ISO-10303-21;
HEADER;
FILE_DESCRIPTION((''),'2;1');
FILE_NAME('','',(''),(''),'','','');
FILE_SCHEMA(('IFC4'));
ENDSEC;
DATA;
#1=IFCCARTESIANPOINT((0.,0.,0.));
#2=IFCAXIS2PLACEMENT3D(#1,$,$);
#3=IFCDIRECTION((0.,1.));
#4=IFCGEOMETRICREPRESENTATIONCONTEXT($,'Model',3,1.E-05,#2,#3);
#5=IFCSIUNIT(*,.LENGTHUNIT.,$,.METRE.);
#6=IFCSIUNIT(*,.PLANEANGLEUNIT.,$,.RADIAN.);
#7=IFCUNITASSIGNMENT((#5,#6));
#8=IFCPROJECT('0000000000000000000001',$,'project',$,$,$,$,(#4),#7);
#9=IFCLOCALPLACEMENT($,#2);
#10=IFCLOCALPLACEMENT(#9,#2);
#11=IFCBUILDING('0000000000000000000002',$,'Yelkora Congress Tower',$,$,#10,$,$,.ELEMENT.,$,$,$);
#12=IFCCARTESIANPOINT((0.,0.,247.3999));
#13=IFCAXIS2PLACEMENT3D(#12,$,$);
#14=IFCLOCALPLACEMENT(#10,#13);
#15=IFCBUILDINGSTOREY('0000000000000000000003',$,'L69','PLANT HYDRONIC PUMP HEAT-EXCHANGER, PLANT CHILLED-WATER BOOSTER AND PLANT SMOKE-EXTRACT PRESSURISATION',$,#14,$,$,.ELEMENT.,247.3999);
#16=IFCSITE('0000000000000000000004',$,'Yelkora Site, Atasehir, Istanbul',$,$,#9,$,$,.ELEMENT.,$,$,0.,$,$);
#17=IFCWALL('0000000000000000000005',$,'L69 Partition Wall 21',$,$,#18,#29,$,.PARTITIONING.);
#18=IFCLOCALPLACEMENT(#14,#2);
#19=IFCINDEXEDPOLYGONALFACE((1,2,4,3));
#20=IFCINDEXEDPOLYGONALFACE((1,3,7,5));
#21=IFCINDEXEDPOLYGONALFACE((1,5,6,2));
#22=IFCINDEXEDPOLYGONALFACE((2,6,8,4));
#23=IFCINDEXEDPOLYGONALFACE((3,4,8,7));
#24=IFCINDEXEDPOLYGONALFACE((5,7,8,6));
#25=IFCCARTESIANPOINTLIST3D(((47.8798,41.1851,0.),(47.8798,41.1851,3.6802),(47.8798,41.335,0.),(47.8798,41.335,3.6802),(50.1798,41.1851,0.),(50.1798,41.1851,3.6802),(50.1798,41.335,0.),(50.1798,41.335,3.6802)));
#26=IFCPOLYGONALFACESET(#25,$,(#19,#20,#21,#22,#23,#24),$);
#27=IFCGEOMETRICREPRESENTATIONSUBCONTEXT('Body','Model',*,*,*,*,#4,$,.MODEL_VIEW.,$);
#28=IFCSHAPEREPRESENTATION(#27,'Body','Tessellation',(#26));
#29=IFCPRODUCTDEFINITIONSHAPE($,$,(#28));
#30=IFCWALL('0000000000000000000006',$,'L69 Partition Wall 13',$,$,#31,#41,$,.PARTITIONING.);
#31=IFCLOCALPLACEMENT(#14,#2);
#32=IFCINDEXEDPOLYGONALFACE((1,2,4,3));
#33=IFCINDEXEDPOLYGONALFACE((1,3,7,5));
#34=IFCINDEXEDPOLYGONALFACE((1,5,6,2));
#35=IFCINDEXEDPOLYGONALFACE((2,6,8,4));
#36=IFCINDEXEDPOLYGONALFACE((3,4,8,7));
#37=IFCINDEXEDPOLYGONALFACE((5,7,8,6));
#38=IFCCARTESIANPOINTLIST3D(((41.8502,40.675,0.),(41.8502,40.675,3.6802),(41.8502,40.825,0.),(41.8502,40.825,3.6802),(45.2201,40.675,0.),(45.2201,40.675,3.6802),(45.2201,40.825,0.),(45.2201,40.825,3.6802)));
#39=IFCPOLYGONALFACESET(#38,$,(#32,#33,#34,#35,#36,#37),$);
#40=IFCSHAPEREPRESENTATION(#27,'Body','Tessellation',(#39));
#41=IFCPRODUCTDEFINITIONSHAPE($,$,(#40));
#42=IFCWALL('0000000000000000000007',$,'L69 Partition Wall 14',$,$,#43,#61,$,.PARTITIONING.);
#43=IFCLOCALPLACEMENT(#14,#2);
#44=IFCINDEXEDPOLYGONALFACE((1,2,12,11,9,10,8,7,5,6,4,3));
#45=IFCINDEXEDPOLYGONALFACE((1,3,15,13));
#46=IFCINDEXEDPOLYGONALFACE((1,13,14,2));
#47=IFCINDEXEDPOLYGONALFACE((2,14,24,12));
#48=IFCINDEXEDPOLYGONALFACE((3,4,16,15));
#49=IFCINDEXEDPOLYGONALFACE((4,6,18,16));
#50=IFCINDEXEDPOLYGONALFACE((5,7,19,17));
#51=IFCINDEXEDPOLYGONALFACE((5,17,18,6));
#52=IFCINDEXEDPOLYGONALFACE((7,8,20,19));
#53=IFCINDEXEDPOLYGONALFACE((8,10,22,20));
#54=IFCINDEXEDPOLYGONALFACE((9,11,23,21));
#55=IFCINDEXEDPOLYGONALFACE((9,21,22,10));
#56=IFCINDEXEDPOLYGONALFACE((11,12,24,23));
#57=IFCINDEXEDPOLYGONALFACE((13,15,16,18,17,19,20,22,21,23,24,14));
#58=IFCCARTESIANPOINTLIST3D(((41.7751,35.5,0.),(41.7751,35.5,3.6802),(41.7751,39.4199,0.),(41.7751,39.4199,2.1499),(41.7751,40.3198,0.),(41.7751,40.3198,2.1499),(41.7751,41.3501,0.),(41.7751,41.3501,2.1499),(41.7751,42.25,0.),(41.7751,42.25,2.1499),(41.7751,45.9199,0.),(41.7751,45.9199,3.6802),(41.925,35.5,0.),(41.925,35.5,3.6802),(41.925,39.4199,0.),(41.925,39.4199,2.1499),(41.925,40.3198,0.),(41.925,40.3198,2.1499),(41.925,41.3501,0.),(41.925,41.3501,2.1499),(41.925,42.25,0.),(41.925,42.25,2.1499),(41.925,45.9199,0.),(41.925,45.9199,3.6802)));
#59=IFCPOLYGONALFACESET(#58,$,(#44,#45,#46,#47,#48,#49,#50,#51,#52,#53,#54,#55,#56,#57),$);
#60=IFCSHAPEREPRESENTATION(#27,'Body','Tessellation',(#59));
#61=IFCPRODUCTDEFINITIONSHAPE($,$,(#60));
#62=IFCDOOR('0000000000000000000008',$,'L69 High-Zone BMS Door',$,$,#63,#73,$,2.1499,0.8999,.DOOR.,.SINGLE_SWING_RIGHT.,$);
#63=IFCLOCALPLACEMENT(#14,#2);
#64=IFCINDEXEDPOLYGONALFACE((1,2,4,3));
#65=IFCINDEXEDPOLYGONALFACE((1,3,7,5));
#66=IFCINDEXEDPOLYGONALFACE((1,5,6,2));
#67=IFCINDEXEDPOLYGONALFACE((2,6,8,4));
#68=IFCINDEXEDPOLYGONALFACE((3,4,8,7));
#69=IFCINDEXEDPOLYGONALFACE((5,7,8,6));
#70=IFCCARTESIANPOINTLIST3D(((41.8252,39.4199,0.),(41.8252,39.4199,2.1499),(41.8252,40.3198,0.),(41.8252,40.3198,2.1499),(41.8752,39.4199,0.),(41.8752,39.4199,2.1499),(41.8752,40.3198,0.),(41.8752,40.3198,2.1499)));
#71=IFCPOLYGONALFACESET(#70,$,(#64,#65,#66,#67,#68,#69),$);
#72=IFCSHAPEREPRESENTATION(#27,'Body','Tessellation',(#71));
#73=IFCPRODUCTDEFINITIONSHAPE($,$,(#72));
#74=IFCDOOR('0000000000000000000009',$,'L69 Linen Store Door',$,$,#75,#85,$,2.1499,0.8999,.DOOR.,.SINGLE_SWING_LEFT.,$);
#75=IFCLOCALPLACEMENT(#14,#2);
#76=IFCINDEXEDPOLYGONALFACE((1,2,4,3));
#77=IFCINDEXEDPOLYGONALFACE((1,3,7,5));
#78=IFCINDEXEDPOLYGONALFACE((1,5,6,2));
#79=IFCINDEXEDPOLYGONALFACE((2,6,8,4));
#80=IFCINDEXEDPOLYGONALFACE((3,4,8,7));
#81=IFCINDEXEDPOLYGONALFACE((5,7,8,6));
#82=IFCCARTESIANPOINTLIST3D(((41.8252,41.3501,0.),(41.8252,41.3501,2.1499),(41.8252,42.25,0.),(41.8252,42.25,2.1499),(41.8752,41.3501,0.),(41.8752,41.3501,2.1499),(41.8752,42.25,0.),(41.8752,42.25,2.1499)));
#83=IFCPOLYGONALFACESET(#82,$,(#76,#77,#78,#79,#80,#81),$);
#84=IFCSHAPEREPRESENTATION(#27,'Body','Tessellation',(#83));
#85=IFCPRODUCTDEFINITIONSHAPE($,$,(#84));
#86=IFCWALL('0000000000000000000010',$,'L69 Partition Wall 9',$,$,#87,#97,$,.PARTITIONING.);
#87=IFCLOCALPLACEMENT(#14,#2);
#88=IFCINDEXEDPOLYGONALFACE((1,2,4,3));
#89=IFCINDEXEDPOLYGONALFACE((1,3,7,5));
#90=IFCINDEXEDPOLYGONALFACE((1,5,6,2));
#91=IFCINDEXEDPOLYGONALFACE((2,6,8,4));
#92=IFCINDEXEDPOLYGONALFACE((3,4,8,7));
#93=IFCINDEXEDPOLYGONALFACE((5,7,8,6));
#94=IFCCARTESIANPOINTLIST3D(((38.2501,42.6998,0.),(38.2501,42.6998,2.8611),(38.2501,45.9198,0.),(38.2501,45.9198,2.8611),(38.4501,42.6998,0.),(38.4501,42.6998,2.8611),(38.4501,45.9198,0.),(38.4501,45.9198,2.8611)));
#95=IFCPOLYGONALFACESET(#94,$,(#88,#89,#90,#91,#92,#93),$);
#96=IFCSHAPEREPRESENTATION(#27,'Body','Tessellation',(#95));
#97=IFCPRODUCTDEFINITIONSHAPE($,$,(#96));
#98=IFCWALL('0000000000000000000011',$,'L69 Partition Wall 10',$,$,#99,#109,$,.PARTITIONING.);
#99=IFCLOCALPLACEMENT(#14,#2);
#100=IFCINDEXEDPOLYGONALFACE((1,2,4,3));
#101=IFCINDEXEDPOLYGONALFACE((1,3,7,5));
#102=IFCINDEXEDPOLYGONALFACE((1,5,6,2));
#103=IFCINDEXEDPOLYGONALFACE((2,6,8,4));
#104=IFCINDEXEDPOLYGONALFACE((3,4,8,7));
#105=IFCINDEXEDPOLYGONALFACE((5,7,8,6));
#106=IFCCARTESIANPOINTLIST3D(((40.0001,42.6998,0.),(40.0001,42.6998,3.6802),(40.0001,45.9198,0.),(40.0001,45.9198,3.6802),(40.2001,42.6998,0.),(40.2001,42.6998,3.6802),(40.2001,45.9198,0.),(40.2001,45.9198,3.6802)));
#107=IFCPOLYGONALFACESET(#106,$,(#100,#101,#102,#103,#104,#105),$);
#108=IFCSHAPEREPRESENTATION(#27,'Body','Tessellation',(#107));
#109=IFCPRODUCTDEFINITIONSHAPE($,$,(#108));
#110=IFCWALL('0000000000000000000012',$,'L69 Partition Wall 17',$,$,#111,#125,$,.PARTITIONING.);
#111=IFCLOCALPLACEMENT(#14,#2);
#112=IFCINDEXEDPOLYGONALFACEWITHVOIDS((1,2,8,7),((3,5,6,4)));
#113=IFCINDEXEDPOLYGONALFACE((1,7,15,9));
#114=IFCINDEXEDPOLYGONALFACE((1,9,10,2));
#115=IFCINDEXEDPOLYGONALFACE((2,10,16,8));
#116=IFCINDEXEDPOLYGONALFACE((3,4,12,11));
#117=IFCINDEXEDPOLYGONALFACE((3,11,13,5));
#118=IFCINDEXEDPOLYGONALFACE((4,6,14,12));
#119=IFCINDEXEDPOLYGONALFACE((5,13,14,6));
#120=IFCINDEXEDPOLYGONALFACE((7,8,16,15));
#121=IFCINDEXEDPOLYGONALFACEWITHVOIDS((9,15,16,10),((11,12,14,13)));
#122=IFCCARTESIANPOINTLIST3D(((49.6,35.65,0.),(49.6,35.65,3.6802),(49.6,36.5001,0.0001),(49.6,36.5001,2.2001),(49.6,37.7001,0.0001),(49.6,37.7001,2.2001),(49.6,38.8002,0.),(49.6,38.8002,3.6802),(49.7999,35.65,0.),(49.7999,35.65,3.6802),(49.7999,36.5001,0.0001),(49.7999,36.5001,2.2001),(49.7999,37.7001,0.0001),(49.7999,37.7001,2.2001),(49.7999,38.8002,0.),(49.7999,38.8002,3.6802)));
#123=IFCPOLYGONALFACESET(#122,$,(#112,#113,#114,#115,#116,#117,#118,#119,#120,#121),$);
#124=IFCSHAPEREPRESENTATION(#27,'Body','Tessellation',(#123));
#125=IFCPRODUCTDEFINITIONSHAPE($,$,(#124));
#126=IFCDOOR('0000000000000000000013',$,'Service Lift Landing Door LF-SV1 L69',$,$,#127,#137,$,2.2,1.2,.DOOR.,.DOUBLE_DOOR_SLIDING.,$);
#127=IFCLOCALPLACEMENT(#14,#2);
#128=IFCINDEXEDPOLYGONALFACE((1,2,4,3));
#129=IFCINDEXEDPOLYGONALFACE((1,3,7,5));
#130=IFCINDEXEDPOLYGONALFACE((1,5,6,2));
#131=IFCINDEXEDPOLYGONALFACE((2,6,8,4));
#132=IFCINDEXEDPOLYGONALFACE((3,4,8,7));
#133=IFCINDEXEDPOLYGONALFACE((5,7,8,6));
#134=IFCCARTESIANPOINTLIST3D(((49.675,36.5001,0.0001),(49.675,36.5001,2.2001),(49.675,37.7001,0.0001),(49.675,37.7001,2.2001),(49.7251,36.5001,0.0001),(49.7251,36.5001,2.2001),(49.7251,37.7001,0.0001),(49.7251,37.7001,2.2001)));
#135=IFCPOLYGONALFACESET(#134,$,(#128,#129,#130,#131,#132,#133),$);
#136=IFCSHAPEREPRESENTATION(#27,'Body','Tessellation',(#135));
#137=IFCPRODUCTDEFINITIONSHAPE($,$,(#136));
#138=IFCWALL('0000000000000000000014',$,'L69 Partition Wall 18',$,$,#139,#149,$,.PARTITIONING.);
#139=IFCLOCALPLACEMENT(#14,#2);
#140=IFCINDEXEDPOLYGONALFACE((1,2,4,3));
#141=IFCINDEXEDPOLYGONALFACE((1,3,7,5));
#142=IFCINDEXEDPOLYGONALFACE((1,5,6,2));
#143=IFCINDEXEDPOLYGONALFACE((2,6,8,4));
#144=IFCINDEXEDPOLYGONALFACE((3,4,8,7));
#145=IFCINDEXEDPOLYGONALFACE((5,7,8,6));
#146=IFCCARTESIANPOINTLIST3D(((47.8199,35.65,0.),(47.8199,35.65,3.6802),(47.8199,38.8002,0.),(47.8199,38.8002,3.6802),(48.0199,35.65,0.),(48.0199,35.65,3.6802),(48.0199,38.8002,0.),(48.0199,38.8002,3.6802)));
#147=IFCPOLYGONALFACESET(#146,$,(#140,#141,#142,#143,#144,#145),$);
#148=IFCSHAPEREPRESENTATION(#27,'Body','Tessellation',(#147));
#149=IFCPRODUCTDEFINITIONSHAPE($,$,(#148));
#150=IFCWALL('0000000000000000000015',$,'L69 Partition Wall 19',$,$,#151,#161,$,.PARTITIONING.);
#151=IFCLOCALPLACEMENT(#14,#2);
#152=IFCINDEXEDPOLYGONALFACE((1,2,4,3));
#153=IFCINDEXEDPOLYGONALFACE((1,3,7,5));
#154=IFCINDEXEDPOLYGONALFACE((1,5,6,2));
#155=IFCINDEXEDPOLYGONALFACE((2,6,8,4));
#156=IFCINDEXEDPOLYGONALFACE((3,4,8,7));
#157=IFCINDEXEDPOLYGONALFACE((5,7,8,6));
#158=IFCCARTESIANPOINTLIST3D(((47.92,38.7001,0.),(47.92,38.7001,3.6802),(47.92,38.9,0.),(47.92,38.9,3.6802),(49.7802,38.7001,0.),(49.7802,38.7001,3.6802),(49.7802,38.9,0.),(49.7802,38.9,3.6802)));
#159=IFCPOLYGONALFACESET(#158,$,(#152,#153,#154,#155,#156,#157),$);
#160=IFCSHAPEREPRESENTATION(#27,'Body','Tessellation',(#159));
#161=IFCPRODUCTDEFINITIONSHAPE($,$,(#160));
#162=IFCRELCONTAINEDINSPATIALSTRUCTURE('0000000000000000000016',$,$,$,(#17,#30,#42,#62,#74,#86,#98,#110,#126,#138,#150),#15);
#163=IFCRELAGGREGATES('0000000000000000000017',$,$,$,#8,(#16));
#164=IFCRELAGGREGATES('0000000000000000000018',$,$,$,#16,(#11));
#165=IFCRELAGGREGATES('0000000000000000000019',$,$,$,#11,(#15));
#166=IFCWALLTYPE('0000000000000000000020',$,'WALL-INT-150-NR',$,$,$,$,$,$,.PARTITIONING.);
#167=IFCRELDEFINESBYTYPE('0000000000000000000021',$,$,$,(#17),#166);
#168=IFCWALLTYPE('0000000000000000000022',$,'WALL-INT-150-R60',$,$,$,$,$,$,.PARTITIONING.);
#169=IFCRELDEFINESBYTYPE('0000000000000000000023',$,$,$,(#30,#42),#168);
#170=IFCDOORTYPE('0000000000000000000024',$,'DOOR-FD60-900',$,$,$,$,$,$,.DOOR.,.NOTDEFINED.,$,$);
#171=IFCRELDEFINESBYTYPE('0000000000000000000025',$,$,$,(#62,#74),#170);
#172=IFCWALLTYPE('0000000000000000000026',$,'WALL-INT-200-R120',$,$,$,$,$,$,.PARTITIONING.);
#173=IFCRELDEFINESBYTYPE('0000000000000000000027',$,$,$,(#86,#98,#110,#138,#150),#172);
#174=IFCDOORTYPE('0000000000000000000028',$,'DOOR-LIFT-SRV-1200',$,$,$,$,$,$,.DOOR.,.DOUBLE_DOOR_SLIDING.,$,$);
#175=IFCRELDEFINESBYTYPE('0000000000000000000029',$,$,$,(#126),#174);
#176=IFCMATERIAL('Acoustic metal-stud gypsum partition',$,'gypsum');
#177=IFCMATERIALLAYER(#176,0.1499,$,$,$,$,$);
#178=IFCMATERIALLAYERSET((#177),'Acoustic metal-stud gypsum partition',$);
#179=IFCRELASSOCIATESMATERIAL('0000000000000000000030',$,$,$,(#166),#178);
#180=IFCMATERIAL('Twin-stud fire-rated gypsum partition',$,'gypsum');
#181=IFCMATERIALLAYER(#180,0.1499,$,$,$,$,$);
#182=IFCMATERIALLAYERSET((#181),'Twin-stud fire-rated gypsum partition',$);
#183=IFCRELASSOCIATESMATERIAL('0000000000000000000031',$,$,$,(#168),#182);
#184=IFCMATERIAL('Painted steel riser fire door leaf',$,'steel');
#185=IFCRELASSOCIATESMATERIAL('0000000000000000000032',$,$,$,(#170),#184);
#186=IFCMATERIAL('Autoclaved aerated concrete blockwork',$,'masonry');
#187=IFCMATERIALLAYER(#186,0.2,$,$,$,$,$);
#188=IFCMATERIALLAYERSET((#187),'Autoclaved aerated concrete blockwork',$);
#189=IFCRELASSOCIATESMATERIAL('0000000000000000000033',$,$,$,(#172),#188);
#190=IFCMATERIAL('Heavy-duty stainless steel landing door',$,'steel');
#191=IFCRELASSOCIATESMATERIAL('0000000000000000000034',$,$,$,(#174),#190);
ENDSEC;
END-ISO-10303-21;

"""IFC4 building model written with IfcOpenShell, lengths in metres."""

from ifc_helpers import new_model, si_unit, direction, frame, frame_2d, origin, place, context, subcontext, project, spatial, rectangle, extrude, material, layer, layer_set, type_object, element, fill, save


model = new_model("IFC4")

# Units and contexts
model_context = context("Model", 3, precision=1e-05, world=origin(), true_north=direction((0.0, 1.0)))
body_context = subcontext(model_context, "Body", "Model", "MODEL_VIEW")
ifc_project = project(units=[si_unit("LENGTHUNIT", "METRE"), si_unit("PLANEANGLEUNIT", "RADIAN")], contexts=[model_context])

# Site, building, storey
site_placement = place(None, origin())
site = spatial("IfcSite", under=ifc_project, at=site_placement, Name="Yelkora Site, Atasehir, Istanbul", CompositionType="ELEMENT", RefElevation=0.0)
building_placement = place(site_placement, origin())
building = spatial("IfcBuilding", under=site, at=building_placement, Name="Yelkora Congress Tower", CompositionType="ELEMENT")
storey_placement = place(building_placement, frame((0.0, 0.0, 247.3999)))
storey = spatial("IfcBuildingStorey", under=building, at=storey_placement, Name="L69", Description="PLANT HYDRONIC PUMP HEAT-EXCHANGER, PLANT CHILLED-WATER BOOSTER AND PLANT SMOKE-EXTRACT PRESSURISATION", CompositionType="ELEMENT", Elevation=247.3999)

# Shared definitions
ifc_material_1 = material(Name="Acoustic metal-stud gypsum partition", Category="gypsum")
ifc_layer_1 = layer(ifc_material_1, 0.1499)
ifc_layer_set_1 = layer_set([ifc_layer_1], Name="Acoustic metal-stud gypsum partition")
wall_type_1 = type_object("IfcWallType", Name="WALL-INT-150-NR", PredefinedType="PARTITIONING", material=ifc_layer_set_1)

# Wall
wall_1_placement = place(storey_placement, frame((47.8799, 41.26, 0.0), z_axis=(0.0, 0.0, 1.0), x_axis=(1.0, 0.0, 0.0)))
element("IfcWall", 1, at=wall_1_placement, inside=storey, type_object=wall_type_1, Name="L69 Partition Wall 21", PredefinedType="PARTITIONING", context=body_context, shape_type="SweptSolid", body=[
    extrude(rectangle(XDim=2.3, YDim=0.1499, at=frame_2d((1.1499, 0.0))), origin(), (0.0, 0.0, 1.0), 3.6802),
])

# Wall
ifc_material_2 = material(Name="Twin-stud fire-rated gypsum partition", Category="gypsum")
ifc_layer_2 = layer(ifc_material_2, 0.1499)
ifc_layer_set_2 = layer_set([ifc_layer_2], Name="Twin-stud fire-rated gypsum partition")
wall_type_2 = type_object("IfcWallType", Name="WALL-INT-150-R60", PredefinedType="PARTITIONING", material=ifc_layer_set_2)
wall_2_placement = place(storey_placement, frame((41.8501, 40.75, 0.0), z_axis=(0.0, 0.0, 1.0), x_axis=(1.0, 0.0, 0.0)))
element("IfcWall", 2, at=wall_2_placement, inside=storey, type_object=wall_type_2, Name="L69 Partition Wall 13", PredefinedType="PARTITIONING", context=body_context, shape_type="SweptSolid", body=[
    extrude(rectangle(XDim=3.3699, YDim=0.1499, at=frame_2d((1.6851, 0.0))), origin(), (0.0, 0.0, 1.0), 3.6802),
])

# Wall, openings, doors
wall_3_placement = place(storey_placement, frame((41.8501, 35.5, 0.0), z_axis=(0.0, 0.0, 1.0), x_axis=(0.0, 1.0, 0.0)))
wall_3 = element("IfcWall", 3, at=wall_3_placement, inside=storey, type_object=wall_type_2, Name="L69 Partition Wall 14", PredefinedType="PARTITIONING", context=body_context, shape_type="SweptSolid", body=[
    extrude(rectangle(XDim=10.4199, YDim=0.1499, at=frame_2d((5.21, 0.0))), origin(), (0.0, 0.0, 1.0), 3.6802),
])
opening_1_placement = place(wall_3_placement, frame((3.9199, 0.0, 0.0)))
opening_1 = element("IfcOpeningElement", 4, at=opening_1_placement, cuts=wall_3, PredefinedType="OPENING", context=body_context, shape_type="SweptSolid", body=[
    extrude(rectangle(XDim=0.8999, YDim=2.1499, at=frame_2d((0.45, 1.075))), frame((0.0, 0.085, 0.0), z_axis=(0.0, -1.0, 0.0), x_axis=(1.0, 0.0, 0.0)), (0.0, 0.0, 1.0), 0.1699),
])
opening_2_placement = place(wall_3_placement, frame((5.8501, 0.0, 0.0)))
opening_2 = element("IfcOpeningElement", 5, at=opening_2_placement, cuts=wall_3, PredefinedType="OPENING", context=body_context, shape_type="SweptSolid", body=[
    extrude(rectangle(XDim=0.8999, YDim=2.1499, at=frame_2d((0.45, 1.075))), frame((0.0, 0.085, 0.0), z_axis=(0.0, -1.0, 0.0), x_axis=(1.0, 0.0, 0.0)), (0.0, 0.0, 1.0), 0.1699),
])
ifc_material_3 = material(Name="Painted steel riser fire door leaf", Category="steel")
door_type_1 = type_object("IfcDoorType", Name="DOOR-FD60-900", OperationType="NOTDEFINED", PredefinedType="DOOR", material=ifc_material_3)
door_1_placement = place(opening_1_placement, origin())
door_1 = element("IfcDoor", 6, at=door_1_placement, inside=storey, type_object=door_type_1, Name="L69 High-Zone BMS Door", OperationType="SINGLE_SWING_RIGHT", OverallHeight=2.1499, OverallWidth=0.8999, PredefinedType="DOOR", context=body_context, shape_type="SweptSolid", body=[
    extrude(rectangle(XDim=0.8999, YDim=2.1499, at=frame_2d((0.45, 1.075))), frame((0.0, 0.0249, 0.0), z_axis=(0.0, -1.0, 0.0), x_axis=(1.0, 0.0, 0.0)), (0.0, 0.0, 1.0), 0.05),
])
fill(opening_1, door_1)
door_2_placement = place(opening_2_placement, origin())
door_2 = element("IfcDoor", 7, at=door_2_placement, inside=storey, type_object=door_type_1, Name="L69 Linen Store Door", OperationType="SINGLE_SWING_LEFT", OverallHeight=2.1499, OverallWidth=0.8999, PredefinedType="DOOR", context=body_context, shape_type="SweptSolid", body=[
    extrude(rectangle(XDim=0.8999, YDim=2.1499, at=frame_2d((0.45, 1.075))), frame((0.0, 0.0249, 0.0), z_axis=(0.0, -1.0, 0.0), x_axis=(1.0, 0.0, 0.0)), (0.0, 0.0, 1.0), 0.05),
])
fill(opening_2, door_2)

# Walls
ifc_material_4 = material(Name="Autoclaved aerated concrete blockwork", Category="masonry")
ifc_layer_3 = layer(ifc_material_4, 0.2)
ifc_layer_set_3 = layer_set([ifc_layer_3], Name="Autoclaved aerated concrete blockwork")
wall_type_3 = type_object("IfcWallType", Name="WALL-INT-200-R120", PredefinedType="PARTITIONING", material=ifc_layer_set_3)
wall_4_placement = place(storey_placement, frame((38.3501, 42.7, 0.0), z_axis=(0.0, 0.0, 1.0), x_axis=(0.0, 1.0, 0.0)))
element("IfcWall", 8, at=wall_4_placement, inside=storey, type_object=wall_type_3, Name="L69 Partition Wall 9", PredefinedType="PARTITIONING", context=body_context, shape_type="SweptSolid", body=[
    extrude(rectangle(XDim=3.22, YDim=0.2, at=frame_2d((1.6099, 0.0))), origin(), (0.0, 0.0, 1.0), 2.8611),
])
wall_5_placement = place(storey_placement, frame((40.1001, 42.7, 0.0), z_axis=(0.0, 0.0, 1.0), x_axis=(0.0, 1.0, 0.0)))
element("IfcWall", 9, at=wall_5_placement, inside=storey, type_object=wall_type_3, Name="L69 Partition Wall 10", PredefinedType="PARTITIONING", context=body_context, shape_type="SweptSolid", body=[
    extrude(rectangle(XDim=3.22, YDim=0.2, at=frame_2d((1.6099, 0.0))), origin(), (0.0, 0.0, 1.0), 3.6802),
])

# Wall, opening, door
wall_6_placement = place(storey_placement, frame((49.7, 35.6499, 0.0), z_axis=(0.0, 0.0, 1.0), x_axis=(0.0, 1.0, 0.0)))
wall_6 = element("IfcWall", 10, at=wall_6_placement, inside=storey, type_object=wall_type_3, Name="L69 Partition Wall 17", PredefinedType="PARTITIONING", context=body_context, shape_type="SweptSolid", body=[
    extrude(rectangle(XDim=3.1501, YDim=0.2, at=frame_2d((1.5752, 0.0))), origin(), (0.0, 0.0, 1.0), 3.6802),
])
opening_3_placement = place(wall_6_placement, frame((0.8501, 0.0, 0.0)))
opening_3 = element("IfcOpeningElement", 11, at=opening_3_placement, cuts=wall_6, PredefinedType="OPENING", context=body_context, shape_type="SweptSolid", body=[
    extrude(rectangle(XDim=1.2, YDim=2.2, at=frame_2d((0.6001, 1.1001))), frame((0.0, 0.1099, 0.0), z_axis=(0.0, -1.0, 0.0), x_axis=(1.0, 0.0, 0.0)), (0.0, 0.0, 1.0), 0.22),
])
ifc_material_5 = material(Name="Heavy-duty stainless steel landing door", Category="steel")
door_type_2 = type_object("IfcDoorType", Name="DOOR-LIFT-SRV-1200", OperationType="DOUBLE_DOOR_SLIDING", PredefinedType="DOOR", material=ifc_material_5)
door_3_placement = place(opening_3_placement, origin())
door_3 = element("IfcDoor", 12, at=door_3_placement, inside=storey, type_object=door_type_2, Name="Service Lift Landing Door LF-SV1 L69", OperationType="DOUBLE_DOOR_SLIDING", OverallHeight=2.2, OverallWidth=1.2, PredefinedType="DOOR", context=body_context, shape_type="SweptSolid", body=[
    extrude(rectangle(XDim=1.2, YDim=2.2, at=frame_2d((0.6001, 1.1001))), frame((0.0, 0.0249, 0.0), z_axis=(0.0, -1.0, 0.0), x_axis=(1.0, 0.0, 0.0)), (0.0, 0.0, 1.0), 0.05),
])
fill(opening_3, door_3)

# Walls
wall_7_placement = place(storey_placement, frame((47.9199, 35.6499, 0.0), z_axis=(0.0, 0.0, 1.0), x_axis=(0.0, 1.0, 0.0)))
element("IfcWall", 13, at=wall_7_placement, inside=storey, type_object=wall_type_3, Name="L69 Partition Wall 18", PredefinedType="PARTITIONING", context=body_context, shape_type="SweptSolid", body=[
    extrude(rectangle(XDim=3.1501, YDim=0.2, at=frame_2d((1.5752, 0.0))), origin(), (0.0, 0.0, 1.0), 3.6802),
])
wall_8_placement = place(storey_placement, frame((47.9199, 38.8, 0.0), z_axis=(0.0, 0.0, 1.0), x_axis=(1.0, 0.0, 0.0)))
element("IfcWall", 14, at=wall_8_placement, inside=storey, type_object=wall_type_3, Name="L69 Partition Wall 19", PredefinedType="PARTITIONING", context=body_context, shape_type="SweptSolid", body=[
    extrude(rectangle(XDim=1.8601, YDim=0.2, at=frame_2d((0.9302, 0.0))), origin(), (0.0, 0.0, 1.0), 3.6802),
])

save(model, "model.ifc")
